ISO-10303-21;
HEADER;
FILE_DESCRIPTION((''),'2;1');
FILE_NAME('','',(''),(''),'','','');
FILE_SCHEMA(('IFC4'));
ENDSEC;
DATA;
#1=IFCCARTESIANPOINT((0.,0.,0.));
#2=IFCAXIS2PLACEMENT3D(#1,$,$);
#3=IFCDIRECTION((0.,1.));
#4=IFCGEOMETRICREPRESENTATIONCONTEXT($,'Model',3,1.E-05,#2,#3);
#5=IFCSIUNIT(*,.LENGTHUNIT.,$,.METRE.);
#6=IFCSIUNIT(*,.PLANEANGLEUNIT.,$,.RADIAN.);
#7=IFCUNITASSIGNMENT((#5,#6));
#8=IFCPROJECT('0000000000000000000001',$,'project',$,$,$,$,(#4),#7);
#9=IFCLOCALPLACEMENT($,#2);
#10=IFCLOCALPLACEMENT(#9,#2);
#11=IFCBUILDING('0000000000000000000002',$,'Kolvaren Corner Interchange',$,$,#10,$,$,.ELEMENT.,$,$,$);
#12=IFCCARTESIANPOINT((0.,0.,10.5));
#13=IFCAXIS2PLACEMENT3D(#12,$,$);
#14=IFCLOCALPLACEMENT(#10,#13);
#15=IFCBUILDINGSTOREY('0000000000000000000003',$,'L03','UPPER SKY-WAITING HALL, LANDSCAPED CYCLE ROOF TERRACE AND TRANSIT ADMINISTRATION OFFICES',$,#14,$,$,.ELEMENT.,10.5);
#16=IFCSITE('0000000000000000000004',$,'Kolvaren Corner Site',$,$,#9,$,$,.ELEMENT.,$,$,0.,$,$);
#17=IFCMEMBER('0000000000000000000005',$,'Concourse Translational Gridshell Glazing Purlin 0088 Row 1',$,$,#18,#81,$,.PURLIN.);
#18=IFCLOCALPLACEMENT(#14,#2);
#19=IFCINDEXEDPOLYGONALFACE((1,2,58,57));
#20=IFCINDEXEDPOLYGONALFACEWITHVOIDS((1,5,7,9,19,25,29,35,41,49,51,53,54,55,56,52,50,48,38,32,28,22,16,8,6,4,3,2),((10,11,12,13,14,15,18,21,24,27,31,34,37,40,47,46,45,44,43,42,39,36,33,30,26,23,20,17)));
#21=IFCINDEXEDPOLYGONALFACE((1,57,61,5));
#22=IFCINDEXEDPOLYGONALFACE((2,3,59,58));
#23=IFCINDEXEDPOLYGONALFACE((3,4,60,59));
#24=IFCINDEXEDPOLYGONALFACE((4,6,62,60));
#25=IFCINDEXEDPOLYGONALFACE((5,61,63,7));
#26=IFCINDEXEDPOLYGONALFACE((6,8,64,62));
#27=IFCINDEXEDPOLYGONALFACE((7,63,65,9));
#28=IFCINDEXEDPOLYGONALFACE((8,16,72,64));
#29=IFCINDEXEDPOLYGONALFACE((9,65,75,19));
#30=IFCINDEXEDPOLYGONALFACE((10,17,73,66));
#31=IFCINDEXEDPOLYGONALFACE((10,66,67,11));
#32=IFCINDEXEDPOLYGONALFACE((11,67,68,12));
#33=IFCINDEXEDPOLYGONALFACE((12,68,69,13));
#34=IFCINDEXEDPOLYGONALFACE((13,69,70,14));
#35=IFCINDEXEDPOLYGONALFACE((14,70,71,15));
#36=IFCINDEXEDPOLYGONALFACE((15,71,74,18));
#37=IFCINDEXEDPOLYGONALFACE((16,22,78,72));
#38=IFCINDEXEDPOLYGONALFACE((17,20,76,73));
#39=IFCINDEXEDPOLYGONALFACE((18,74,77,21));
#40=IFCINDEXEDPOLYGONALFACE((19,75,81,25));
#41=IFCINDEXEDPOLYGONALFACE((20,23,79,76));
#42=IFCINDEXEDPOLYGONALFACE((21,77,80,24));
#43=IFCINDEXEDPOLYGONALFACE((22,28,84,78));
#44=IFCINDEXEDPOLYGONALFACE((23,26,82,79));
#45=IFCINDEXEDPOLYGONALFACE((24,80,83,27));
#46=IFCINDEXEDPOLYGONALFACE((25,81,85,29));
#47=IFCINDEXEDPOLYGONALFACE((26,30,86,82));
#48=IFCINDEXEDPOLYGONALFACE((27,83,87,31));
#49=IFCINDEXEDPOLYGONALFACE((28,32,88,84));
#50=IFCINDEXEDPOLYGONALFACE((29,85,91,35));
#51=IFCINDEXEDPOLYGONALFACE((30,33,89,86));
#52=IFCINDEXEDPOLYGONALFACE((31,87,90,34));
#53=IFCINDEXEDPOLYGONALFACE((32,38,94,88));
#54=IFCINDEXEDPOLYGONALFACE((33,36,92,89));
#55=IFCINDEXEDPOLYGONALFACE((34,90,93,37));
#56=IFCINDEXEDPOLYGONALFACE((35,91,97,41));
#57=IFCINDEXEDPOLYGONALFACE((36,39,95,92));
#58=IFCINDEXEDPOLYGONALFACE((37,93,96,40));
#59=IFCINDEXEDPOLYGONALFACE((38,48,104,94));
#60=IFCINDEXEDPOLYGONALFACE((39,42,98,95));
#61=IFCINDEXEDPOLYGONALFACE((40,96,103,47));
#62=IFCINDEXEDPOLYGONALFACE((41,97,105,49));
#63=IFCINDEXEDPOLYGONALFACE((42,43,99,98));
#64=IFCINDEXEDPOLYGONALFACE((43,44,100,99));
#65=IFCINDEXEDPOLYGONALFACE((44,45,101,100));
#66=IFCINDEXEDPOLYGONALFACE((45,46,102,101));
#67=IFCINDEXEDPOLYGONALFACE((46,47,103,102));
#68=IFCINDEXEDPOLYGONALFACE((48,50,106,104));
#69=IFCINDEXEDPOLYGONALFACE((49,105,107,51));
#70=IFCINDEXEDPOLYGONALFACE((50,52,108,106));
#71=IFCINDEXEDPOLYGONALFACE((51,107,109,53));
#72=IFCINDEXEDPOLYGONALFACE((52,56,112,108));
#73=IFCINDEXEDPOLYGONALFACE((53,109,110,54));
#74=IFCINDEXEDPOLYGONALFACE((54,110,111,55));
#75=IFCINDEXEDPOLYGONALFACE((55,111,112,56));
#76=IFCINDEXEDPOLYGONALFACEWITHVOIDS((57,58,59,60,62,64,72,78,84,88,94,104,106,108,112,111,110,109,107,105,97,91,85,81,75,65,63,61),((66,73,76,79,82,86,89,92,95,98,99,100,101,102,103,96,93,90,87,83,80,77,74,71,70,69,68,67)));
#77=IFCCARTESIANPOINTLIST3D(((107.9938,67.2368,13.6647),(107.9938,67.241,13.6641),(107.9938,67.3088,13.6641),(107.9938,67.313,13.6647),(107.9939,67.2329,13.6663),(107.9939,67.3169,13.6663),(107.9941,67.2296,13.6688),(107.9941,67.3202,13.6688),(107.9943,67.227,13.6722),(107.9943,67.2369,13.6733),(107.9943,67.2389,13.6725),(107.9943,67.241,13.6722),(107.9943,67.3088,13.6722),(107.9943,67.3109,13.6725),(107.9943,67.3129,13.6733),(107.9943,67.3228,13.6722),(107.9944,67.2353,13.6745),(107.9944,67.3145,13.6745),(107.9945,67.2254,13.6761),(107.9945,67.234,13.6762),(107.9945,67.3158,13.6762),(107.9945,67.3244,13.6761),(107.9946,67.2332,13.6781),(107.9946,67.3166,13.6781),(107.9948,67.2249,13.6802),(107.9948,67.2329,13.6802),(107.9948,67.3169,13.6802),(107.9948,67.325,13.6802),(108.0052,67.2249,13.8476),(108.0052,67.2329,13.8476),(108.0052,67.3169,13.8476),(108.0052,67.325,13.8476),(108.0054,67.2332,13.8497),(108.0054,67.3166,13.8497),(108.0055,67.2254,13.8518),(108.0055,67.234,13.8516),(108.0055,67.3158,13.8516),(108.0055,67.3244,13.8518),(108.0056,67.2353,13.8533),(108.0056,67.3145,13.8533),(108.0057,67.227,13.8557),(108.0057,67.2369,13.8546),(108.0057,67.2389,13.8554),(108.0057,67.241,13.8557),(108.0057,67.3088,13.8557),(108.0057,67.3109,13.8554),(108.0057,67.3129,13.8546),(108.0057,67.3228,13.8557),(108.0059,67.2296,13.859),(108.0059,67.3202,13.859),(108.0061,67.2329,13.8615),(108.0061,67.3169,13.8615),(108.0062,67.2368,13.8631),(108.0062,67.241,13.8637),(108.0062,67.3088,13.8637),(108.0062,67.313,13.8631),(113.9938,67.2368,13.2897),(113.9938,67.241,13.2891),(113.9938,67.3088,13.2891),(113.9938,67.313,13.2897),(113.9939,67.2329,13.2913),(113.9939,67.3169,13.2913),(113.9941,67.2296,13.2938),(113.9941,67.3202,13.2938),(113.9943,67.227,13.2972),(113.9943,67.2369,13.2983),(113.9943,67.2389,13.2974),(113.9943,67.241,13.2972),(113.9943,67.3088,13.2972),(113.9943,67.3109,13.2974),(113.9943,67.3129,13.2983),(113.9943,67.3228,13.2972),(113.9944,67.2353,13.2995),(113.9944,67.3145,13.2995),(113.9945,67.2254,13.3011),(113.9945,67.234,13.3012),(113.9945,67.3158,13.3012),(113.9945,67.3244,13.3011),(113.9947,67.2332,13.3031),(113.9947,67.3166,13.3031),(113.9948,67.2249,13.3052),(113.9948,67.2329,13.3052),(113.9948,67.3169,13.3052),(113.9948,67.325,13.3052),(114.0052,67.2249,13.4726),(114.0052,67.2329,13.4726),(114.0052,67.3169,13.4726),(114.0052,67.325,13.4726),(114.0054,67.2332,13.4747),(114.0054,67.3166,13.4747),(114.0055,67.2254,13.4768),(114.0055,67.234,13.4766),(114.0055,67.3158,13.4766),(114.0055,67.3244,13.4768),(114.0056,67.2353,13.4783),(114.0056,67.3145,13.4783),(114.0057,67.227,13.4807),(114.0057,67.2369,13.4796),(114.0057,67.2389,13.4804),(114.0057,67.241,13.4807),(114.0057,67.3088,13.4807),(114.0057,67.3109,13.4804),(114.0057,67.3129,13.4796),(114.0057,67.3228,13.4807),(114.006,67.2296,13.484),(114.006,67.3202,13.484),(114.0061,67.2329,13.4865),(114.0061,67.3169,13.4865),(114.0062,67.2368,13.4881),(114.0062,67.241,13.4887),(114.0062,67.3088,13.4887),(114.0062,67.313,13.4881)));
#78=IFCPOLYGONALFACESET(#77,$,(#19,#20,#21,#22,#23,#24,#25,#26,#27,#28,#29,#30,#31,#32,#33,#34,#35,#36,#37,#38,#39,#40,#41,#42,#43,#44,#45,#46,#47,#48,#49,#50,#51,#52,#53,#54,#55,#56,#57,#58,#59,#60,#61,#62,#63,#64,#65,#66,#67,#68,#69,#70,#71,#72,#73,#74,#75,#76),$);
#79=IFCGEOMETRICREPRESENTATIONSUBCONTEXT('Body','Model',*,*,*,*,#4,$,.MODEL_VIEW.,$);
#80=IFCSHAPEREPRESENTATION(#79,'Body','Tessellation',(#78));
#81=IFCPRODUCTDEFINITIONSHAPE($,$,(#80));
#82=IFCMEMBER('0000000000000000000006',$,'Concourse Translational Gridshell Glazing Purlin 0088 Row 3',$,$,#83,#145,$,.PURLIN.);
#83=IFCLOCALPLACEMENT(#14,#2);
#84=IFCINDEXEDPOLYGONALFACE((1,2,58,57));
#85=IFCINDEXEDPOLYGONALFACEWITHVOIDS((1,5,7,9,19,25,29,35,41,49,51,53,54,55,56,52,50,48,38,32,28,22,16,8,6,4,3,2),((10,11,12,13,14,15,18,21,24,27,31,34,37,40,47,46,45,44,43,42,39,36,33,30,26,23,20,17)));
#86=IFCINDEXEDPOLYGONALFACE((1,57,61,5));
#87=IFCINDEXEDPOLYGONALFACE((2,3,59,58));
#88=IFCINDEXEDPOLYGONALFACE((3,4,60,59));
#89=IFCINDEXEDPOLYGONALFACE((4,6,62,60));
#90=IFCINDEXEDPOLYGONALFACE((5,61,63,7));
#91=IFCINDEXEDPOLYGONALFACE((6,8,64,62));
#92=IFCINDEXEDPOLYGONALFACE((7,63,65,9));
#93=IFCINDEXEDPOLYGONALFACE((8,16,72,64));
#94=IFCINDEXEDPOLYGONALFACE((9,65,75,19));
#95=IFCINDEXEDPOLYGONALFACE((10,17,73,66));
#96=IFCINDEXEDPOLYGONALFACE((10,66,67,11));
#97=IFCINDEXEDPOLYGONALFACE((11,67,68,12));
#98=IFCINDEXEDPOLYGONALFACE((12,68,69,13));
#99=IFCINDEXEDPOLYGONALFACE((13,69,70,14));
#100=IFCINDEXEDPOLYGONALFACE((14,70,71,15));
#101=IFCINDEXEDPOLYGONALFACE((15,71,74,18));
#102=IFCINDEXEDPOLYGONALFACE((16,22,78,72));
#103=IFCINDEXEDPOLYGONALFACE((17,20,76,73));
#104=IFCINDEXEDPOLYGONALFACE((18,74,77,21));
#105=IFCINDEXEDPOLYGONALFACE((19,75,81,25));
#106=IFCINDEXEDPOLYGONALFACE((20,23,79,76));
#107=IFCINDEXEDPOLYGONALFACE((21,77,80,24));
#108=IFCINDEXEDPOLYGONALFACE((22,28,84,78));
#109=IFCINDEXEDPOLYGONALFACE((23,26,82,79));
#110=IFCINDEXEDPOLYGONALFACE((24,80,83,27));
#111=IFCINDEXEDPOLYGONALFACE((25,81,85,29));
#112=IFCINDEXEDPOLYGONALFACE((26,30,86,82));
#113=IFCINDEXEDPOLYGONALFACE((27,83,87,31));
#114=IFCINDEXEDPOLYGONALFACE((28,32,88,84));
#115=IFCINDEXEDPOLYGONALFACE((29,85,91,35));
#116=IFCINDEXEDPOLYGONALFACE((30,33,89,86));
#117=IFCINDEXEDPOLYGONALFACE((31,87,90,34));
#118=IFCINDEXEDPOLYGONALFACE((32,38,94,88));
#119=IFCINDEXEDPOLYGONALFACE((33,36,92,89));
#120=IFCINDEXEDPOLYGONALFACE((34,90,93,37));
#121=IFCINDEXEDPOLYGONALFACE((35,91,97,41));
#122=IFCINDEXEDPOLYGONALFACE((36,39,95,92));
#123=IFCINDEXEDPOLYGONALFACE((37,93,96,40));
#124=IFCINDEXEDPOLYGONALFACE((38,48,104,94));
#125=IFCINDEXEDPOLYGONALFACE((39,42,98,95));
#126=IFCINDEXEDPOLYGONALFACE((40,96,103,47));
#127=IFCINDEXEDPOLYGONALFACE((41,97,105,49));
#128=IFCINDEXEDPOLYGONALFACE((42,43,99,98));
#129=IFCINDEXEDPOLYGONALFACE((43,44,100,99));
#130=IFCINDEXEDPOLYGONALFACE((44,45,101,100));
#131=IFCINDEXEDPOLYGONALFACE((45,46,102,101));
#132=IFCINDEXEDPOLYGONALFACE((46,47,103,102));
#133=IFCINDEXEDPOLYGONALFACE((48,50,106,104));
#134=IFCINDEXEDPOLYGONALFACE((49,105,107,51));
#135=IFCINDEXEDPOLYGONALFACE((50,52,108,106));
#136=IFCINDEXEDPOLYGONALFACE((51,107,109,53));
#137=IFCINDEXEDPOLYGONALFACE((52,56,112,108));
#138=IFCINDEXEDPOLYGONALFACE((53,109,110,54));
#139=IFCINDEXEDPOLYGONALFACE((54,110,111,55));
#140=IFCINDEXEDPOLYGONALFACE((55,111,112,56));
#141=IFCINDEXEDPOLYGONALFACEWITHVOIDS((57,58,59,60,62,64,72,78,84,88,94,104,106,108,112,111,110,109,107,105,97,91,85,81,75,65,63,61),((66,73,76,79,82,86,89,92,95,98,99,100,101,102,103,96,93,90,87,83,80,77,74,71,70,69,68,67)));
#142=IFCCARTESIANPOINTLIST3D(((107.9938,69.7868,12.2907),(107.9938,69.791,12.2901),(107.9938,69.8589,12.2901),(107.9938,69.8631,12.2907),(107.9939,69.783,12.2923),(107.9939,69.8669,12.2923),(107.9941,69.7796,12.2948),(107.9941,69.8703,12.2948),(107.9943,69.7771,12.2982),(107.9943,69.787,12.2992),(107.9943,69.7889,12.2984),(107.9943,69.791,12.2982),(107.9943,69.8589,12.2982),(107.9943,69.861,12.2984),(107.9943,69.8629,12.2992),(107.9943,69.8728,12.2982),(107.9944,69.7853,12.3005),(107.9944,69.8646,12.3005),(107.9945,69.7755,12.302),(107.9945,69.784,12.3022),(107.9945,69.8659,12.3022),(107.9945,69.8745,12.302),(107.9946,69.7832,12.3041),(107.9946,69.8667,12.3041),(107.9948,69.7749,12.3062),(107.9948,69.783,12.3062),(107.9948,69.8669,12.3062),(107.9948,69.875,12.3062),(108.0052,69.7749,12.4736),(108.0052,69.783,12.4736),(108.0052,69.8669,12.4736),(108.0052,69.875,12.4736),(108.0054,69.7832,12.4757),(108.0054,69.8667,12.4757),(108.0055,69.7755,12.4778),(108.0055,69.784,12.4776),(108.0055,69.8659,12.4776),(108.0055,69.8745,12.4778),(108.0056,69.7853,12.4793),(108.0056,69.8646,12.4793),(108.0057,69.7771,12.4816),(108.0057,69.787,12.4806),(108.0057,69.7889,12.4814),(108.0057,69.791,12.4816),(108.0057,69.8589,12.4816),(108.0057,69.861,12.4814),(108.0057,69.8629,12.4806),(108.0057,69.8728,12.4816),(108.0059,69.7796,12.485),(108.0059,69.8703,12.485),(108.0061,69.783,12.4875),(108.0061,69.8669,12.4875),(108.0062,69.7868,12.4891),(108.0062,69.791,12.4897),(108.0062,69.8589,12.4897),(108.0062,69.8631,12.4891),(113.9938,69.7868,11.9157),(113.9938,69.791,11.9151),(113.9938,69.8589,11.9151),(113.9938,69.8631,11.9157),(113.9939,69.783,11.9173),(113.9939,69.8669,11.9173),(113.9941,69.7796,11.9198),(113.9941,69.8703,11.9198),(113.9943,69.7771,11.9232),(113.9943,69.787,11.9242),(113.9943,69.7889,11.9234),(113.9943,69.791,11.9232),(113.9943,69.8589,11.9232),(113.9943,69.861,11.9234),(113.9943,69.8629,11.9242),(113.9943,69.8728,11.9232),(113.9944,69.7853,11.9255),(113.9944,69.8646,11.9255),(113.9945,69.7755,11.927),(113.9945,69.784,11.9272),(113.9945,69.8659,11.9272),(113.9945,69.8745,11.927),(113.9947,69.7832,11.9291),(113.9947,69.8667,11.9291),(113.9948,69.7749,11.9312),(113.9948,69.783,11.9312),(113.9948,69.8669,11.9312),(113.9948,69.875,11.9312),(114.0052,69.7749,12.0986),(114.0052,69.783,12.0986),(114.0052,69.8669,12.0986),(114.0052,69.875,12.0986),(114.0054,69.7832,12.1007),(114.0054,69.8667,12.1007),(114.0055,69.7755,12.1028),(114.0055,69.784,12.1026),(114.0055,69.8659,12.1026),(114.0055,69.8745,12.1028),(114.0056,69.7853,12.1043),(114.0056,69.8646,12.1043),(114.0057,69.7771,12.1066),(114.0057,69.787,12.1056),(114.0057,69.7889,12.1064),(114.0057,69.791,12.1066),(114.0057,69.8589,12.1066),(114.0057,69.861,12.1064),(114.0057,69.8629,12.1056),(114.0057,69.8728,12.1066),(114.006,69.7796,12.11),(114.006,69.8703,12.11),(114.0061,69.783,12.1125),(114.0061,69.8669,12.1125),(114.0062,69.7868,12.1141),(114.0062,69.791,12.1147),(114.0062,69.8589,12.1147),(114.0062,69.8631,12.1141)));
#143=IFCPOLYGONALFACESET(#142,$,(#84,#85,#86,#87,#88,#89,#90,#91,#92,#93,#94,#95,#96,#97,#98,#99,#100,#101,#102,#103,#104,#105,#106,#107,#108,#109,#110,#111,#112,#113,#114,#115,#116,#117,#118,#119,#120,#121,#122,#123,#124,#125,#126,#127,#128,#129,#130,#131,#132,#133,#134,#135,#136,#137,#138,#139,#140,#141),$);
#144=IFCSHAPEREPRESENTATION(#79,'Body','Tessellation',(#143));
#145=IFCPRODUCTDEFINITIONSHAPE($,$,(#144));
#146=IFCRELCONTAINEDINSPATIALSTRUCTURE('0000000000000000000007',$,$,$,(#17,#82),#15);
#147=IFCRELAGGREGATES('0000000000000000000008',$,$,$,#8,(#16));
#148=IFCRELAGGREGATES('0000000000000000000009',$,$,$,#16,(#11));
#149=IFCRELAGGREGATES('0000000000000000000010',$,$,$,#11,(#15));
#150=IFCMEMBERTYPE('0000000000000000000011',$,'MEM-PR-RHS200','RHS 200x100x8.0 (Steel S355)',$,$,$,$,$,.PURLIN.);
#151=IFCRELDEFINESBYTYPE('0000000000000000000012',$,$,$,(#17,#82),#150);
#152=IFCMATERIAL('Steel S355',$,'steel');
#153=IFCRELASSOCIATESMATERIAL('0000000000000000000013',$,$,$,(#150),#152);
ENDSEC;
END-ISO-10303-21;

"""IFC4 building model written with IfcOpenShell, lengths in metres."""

from ifc_helpers import new_model, si_unit, direction, frame, origin, origin_2d, place, context, subcontext, project, spatial, hollow_rectangle, extrude, material, material_profile, profile_set, type_object, element, save


model = new_model("IFC4")

# Units and contexts
model_context = context("Model", 3, precision=1e-05, world=origin(), true_north=direction((0.0, 1.0)))
body_context = subcontext(model_context, "Body", "Model", "MODEL_VIEW")
ifc_project = project(units=[si_unit("LENGTHUNIT", "METRE"), si_unit("PLANEANGLEUNIT", "RADIAN")], contexts=[model_context])

# Site, building, storey
site_placement = place(None, origin())
site = spatial("IfcSite", under=ifc_project, at=site_placement, Name="Kolvaren Corner Site", CompositionType="ELEMENT", RefElevation=0.0)
building_placement = place(site_placement, origin())
building = spatial("IfcBuilding", under=site, at=building_placement, Name="Kolvaren Corner Interchange", CompositionType="ELEMENT")
storey_placement = place(building_placement, frame((0.0, 0.0, 10.5)))
storey = spatial("IfcBuildingStorey", under=building, at=storey_placement, Name="L03", Description="UPPER SKY-WAITING HALL, LANDSCAPED CYCLE ROOF TERRACE AND TRANSIT ADMINISTRATION OFFICES", CompositionType="ELEMENT", Elevation=10.5)

# Members
ifc_material_1 = material(Name="Steel S355", Category="steel")
ifc_material_profile_1 = material_profile(ifc_material_1, hollow_rectangle(XDim=0.1001, YDim=0.2, WallThickness=0.0081, InnerFilletRadius=0.0081, OuterFilletRadius=0.0161, at=origin_2d()), Name="RHS 200x100x8.0")
ifc_profile_set_1 = profile_set([ifc_material_profile_1], Name="Steel S355")
member_type_1 = type_object("IfcMemberType", Name="MEM-PR-RHS200", Description="RHS 200x100x8.0 (Steel S355)", PredefinedType="PURLIN", material=ifc_profile_set_1)
for number, where, z_axis, x_axis, name in (
    (1, (108.0, 67.2749, 13.7639), (0.998053, 0.0, -0.062378), (0.0, 1.0, 0.0), "Concourse Translational Gridshell Glazing Purlin 0088 Row 1"),
    (2, (108.0, 69.825, 12.3899), (0.998053, 0.0, -0.062378), (0.0, 1.0, 0.0), "Concourse Translational Gridshell Glazing Purlin 0088 Row 3"),
):
    element("IfcMember", number, at=place(storey_placement, frame(where, z_axis=z_axis, x_axis=x_axis)), inside=storey, type_object=member_type_1, Name=name, PredefinedType="PURLIN", context=body_context, shape_type="SweptSolid", body=[
        extrude(hollow_rectangle(XDim=0.1001, YDim=0.2, WallThickness=0.0081, InnerFilletRadius=0.0081, OuterFilletRadius=0.0161, at=origin_2d()), origin(), (0.0, 0.0, 1.0), 6.0117),
    ])

save(model, "model.ifc")
